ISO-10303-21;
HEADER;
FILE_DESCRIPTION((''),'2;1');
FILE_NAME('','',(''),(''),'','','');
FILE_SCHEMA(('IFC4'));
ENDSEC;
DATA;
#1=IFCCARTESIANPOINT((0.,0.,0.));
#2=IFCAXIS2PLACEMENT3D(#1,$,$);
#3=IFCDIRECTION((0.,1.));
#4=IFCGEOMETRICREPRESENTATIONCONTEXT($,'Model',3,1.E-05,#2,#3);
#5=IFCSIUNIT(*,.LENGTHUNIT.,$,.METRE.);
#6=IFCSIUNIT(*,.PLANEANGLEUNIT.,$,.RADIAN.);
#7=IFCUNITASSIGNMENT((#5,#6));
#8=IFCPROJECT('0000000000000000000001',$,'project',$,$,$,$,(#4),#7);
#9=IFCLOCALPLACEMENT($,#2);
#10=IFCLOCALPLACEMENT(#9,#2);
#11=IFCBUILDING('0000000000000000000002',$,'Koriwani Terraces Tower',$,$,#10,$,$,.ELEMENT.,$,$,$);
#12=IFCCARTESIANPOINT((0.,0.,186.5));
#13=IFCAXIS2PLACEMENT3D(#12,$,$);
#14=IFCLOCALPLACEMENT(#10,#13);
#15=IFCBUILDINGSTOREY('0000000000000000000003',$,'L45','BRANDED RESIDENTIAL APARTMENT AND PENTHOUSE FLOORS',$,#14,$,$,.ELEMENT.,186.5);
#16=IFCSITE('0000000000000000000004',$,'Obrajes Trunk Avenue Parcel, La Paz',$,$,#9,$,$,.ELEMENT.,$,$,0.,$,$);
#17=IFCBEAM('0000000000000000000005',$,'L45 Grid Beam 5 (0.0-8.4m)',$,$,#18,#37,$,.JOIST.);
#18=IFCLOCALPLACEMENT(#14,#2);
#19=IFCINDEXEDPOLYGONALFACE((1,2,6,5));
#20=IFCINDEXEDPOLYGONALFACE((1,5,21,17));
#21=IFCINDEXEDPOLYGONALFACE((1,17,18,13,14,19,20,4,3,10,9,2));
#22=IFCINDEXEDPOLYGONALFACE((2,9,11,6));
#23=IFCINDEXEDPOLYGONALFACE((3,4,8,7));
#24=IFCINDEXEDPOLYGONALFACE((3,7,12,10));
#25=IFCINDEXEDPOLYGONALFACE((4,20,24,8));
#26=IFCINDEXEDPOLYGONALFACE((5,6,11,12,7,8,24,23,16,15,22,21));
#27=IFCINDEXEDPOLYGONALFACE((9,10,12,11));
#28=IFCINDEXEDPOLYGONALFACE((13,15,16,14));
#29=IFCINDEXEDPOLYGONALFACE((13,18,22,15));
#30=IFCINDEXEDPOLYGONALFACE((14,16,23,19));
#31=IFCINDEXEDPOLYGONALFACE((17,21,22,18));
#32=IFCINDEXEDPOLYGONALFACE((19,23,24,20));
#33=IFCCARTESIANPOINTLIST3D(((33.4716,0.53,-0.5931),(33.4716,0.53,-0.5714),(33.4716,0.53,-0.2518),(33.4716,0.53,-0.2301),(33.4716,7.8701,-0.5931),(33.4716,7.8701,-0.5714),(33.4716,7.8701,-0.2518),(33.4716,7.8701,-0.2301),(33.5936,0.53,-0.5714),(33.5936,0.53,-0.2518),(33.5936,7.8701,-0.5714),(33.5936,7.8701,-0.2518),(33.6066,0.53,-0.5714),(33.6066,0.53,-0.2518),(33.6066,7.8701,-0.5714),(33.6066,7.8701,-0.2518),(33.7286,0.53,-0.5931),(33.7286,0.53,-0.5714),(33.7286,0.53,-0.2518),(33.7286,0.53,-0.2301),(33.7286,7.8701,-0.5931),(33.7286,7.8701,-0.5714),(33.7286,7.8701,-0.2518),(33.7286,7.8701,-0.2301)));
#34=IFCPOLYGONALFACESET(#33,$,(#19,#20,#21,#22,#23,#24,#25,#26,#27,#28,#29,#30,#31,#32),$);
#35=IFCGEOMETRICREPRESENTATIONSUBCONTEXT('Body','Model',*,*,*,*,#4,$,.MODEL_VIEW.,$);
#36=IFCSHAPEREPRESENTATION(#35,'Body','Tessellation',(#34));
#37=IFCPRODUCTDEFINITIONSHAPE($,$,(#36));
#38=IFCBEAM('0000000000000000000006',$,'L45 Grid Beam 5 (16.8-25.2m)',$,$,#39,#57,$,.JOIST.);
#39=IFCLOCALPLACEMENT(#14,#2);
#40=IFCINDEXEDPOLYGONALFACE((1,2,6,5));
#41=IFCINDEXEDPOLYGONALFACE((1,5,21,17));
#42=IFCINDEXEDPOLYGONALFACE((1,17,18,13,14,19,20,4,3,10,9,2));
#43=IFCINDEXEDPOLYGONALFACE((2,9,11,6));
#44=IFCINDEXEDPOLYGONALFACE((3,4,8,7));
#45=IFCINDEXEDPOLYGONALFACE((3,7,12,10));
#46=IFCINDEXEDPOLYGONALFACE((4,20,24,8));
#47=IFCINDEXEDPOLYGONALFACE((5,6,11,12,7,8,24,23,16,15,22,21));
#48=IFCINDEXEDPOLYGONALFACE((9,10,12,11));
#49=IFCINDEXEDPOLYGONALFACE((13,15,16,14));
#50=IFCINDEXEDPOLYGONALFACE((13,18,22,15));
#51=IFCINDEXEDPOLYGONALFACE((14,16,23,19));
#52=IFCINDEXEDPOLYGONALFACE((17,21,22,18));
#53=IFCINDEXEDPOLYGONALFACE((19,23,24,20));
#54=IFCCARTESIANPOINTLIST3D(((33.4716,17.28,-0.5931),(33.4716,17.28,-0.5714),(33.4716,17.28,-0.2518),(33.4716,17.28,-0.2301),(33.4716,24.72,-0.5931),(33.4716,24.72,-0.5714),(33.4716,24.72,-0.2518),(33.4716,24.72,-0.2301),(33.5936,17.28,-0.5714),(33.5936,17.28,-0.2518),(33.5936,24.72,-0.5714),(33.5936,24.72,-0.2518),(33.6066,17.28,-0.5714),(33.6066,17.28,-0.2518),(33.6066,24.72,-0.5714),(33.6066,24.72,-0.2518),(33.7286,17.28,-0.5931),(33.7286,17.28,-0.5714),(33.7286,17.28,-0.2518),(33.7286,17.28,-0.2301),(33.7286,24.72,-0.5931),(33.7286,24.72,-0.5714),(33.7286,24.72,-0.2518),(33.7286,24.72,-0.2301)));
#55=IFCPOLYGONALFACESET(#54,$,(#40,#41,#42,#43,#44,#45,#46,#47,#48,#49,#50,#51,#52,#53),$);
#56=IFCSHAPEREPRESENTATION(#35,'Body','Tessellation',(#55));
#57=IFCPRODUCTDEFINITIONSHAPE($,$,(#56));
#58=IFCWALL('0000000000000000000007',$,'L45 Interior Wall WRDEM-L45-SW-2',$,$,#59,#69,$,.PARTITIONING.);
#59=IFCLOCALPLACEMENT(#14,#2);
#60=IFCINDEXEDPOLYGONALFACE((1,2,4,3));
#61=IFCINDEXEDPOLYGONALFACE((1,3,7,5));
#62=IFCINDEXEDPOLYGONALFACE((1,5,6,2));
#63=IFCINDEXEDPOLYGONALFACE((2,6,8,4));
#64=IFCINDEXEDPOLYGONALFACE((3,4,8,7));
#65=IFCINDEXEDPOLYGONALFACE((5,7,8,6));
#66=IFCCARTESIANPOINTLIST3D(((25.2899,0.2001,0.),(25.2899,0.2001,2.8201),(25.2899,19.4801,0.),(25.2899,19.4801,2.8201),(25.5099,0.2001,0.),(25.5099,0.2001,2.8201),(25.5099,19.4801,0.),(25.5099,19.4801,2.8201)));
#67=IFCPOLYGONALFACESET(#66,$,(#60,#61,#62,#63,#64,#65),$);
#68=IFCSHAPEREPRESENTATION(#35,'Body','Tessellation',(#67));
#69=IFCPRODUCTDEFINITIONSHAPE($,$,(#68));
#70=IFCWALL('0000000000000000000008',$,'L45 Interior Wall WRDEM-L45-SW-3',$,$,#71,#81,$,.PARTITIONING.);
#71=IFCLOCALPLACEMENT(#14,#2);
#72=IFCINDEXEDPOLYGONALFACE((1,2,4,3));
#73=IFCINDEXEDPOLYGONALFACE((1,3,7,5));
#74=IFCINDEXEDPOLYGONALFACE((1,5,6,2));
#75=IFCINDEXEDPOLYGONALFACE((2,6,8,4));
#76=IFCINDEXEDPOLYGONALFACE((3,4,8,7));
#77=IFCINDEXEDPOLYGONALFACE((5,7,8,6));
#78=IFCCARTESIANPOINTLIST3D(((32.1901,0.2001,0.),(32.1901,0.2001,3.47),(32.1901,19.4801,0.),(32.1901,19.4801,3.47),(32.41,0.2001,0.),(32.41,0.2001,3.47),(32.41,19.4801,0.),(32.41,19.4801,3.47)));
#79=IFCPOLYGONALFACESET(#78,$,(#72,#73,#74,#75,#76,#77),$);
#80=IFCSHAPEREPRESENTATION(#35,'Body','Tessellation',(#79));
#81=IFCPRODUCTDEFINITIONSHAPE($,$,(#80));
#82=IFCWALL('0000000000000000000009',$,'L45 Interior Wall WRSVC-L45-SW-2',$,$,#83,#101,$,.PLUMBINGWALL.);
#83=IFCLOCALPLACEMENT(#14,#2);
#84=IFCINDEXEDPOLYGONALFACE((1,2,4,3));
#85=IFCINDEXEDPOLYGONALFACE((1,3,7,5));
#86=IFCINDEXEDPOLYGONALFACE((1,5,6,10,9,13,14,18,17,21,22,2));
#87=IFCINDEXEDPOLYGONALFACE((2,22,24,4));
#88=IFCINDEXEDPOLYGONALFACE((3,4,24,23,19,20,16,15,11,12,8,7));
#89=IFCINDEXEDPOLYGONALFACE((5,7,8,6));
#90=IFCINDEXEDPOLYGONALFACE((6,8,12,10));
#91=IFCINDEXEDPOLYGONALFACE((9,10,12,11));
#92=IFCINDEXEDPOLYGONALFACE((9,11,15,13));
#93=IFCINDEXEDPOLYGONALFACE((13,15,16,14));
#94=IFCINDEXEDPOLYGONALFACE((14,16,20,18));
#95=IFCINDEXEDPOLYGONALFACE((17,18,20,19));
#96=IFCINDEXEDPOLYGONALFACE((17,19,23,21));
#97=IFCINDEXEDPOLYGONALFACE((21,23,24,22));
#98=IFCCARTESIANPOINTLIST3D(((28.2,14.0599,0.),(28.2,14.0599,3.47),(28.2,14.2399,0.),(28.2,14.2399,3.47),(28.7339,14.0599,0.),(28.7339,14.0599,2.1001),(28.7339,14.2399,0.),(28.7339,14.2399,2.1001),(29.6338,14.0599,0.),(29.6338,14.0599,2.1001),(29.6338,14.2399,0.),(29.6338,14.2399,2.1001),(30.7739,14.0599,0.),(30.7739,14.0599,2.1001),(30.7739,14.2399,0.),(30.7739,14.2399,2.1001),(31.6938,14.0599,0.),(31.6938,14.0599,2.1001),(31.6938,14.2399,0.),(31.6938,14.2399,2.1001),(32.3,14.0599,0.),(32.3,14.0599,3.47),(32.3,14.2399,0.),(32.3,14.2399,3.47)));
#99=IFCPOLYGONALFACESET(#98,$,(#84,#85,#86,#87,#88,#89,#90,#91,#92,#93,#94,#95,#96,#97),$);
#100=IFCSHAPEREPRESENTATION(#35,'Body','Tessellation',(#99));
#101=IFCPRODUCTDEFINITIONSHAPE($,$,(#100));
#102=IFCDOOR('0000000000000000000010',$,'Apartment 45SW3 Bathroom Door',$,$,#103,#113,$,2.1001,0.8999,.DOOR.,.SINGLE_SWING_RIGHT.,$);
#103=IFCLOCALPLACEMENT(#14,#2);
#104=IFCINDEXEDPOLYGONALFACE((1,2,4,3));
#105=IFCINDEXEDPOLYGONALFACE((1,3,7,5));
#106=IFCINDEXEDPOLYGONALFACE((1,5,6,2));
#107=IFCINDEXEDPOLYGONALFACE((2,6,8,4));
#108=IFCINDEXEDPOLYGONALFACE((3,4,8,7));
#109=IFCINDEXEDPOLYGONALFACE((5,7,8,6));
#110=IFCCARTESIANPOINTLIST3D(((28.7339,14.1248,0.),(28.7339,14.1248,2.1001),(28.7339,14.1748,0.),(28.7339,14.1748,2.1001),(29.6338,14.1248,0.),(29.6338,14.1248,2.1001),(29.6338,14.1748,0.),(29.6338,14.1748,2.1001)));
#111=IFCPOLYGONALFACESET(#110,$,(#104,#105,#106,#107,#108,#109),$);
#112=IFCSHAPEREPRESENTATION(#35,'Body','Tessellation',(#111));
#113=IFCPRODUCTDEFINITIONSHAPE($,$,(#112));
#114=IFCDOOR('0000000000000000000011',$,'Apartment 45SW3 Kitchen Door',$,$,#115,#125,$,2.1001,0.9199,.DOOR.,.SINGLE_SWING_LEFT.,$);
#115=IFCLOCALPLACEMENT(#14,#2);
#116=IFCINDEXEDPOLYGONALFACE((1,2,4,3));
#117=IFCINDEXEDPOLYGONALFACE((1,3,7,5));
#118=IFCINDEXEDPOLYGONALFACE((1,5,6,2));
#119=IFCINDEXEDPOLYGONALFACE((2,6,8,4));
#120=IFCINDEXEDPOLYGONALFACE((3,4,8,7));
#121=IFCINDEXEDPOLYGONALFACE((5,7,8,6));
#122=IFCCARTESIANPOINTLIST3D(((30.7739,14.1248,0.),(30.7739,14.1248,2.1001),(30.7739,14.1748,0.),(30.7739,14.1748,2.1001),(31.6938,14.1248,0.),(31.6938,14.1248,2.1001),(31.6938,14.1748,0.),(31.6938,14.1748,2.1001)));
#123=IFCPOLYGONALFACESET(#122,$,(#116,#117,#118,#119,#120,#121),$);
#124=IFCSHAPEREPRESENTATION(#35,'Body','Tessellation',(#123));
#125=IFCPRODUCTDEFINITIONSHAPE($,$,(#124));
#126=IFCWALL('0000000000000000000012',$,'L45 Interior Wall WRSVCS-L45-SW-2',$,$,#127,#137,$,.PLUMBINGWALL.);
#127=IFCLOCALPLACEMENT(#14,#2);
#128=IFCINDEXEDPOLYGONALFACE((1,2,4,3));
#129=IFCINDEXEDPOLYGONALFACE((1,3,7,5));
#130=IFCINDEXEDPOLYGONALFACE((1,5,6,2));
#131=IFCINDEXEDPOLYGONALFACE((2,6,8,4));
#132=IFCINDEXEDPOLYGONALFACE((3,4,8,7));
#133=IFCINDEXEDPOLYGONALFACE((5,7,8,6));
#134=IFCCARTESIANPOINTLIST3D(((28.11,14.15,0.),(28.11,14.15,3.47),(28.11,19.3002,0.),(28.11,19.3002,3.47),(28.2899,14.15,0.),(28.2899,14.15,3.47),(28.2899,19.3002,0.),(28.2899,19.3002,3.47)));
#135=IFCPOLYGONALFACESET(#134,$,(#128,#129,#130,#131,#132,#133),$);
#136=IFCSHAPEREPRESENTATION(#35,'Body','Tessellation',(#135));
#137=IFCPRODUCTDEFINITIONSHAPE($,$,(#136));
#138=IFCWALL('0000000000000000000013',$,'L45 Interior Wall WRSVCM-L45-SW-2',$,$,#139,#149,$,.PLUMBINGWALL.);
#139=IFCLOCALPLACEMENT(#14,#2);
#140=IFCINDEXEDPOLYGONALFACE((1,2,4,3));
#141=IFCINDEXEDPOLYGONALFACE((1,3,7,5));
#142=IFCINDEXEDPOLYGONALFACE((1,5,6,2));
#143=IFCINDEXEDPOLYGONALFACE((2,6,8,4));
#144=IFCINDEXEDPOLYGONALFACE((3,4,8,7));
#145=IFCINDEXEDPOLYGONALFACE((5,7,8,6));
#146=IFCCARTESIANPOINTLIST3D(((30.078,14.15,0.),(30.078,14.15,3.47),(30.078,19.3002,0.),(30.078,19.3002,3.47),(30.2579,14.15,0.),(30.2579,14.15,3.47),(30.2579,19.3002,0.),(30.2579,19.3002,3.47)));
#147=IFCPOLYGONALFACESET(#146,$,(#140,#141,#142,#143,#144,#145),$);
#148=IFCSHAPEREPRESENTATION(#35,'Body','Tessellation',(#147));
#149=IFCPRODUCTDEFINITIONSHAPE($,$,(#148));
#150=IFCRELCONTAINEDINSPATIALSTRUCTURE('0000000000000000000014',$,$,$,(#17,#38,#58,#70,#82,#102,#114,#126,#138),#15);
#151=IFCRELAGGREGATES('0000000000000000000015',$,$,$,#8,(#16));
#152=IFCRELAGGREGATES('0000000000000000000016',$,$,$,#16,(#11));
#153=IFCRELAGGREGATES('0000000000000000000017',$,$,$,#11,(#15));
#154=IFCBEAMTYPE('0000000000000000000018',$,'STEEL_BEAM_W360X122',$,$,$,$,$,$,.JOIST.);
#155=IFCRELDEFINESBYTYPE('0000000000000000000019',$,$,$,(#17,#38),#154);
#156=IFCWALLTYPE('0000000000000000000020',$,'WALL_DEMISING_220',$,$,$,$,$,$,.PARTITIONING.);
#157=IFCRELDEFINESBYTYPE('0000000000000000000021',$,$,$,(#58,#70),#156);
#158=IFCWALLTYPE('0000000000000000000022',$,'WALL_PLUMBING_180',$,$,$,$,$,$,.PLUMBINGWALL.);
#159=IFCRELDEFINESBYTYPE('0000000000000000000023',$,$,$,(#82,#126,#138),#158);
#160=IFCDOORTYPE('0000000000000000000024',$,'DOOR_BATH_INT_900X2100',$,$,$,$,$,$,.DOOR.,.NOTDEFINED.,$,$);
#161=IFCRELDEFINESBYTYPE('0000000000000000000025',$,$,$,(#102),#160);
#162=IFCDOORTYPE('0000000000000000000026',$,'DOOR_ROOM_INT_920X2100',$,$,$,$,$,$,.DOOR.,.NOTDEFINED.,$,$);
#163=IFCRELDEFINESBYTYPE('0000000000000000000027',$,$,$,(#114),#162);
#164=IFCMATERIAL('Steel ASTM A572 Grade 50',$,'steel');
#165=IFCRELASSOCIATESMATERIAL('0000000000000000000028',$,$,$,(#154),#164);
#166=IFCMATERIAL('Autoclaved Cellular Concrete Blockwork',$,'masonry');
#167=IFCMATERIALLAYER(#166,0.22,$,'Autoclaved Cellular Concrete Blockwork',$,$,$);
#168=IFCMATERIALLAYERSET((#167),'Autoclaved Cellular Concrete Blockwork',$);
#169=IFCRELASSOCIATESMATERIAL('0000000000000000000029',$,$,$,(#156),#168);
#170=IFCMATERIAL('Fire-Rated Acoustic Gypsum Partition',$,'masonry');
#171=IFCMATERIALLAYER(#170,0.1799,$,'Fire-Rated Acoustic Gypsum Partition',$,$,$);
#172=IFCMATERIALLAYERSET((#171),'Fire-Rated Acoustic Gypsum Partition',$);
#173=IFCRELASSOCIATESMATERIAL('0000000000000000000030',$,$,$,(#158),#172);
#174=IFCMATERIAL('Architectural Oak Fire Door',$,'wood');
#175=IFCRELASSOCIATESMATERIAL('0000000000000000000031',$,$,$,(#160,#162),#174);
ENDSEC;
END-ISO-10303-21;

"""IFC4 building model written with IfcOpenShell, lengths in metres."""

from ifc_helpers import new_model, si_unit, direction, frame, frame_2d, origin, origin_2d, place, context, subcontext, project, spatial, rectangle, i_section, extrude, material, layer, layer_set, material_profile, profile_set, type_object, element, fill, save


model = new_model("IFC4")

# Units and contexts
model_context = context("Model", 3, precision=1e-05, world=origin(), true_north=direction((0.0, 1.0)))
body_context = subcontext(model_context, "Body", "Model", "MODEL_VIEW")
ifc_project = project(units=[si_unit("LENGTHUNIT", "METRE"), si_unit("PLANEANGLEUNIT", "RADIAN")], contexts=[model_context])

# Site, building, storey
site_placement = place(None, origin())
site = spatial("IfcSite", under=ifc_project, at=site_placement, Name="Obrajes Trunk Avenue Parcel, La Paz", CompositionType="ELEMENT", RefElevation=0.0)
building_placement = place(site_placement, origin())
building = spatial("IfcBuilding", under=site, at=building_placement, Name="Koriwani Terraces Tower", CompositionType="ELEMENT")
storey_placement = place(building_placement, frame((0.0, 0.0, 186.5)))
storey = spatial("IfcBuildingStorey", under=building, at=storey_placement, Name="L45", Description="BRANDED RESIDENTIAL APARTMENT AND PENTHOUSE FLOORS", CompositionType="ELEMENT", Elevation=186.5)

# Beams
ifc_material_1 = material(Name="Steel ASTM A572 Grade 50", Category="steel")
ifc_material_profile_1 = material_profile(ifc_material_1, i_section(OverallWidth=0.2571, OverallDepth=0.363, WebThickness=0.0129, FlangeThickness=0.0217, at=origin_2d()), Name="Steel ASTM A572 Grade 50", Category="LoadBearing")
ifc_profile_set_1 = profile_set([ifc_material_profile_1], Name="Steel ASTM A572 Grade 50")
beam_type_1 = type_object("IfcBeamType", Name="STEEL_BEAM_W360X122", PredefinedType="JOIST", material=ifc_profile_set_1)
beam_1_placement = place(storey_placement, frame((33.6001, 0.53, -0.4116), z_axis=(0.0, 1.0, 0.0), x_axis=(-1.0, 0.0, 0.0)))
element("IfcBeam", 1, at=beam_1_placement, inside=storey, type_object=beam_type_1, Name="L45 Grid Beam 5 (0.0-8.4m)", PredefinedType="JOIST", context=body_context, shape_type="SweptSolid", body=[
    extrude(i_section(OverallWidth=0.2571, OverallDepth=0.363, WebThickness=0.0129, FlangeThickness=0.0217, at=origin_2d()), origin(), (0.0, 0.0, 1.0), 7.3401),
])
beam_2_placement = place(storey_placement, frame((33.6001, 17.28, -0.4116), z_axis=(0.0, 1.0, 0.0), x_axis=(-1.0, 0.0, 0.0)))
element("IfcBeam", 2, at=beam_2_placement, inside=storey, type_object=beam_type_1, Name="L45 Grid Beam 5 (16.8-25.2m)", PredefinedType="JOIST", context=body_context, shape_type="SweptSolid", body=[
    extrude(i_section(OverallWidth=0.2571, OverallDepth=0.363, WebThickness=0.0129, FlangeThickness=0.0217, at=origin_2d()), origin(), (0.0, 0.0, 1.0), 7.4399),
])

# Walls
ifc_material_2 = material(Name="Autoclaved Cellular Concrete Blockwork", Category="masonry")
ifc_layer_1 = layer(ifc_material_2, 0.22, Name="Autoclaved Cellular Concrete Blockwork")
ifc_layer_set_1 = layer_set([ifc_layer_1], Name="Autoclaved Cellular Concrete Blockwork")
wall_type_1 = type_object("IfcWallType", Name="WALL_DEMISING_220", PredefinedType="PARTITIONING", material=ifc_layer_set_1)
wall_1_placement = place(storey_placement, frame((25.3999, 0.2, 0.0), z_axis=(0.0, 0.0, 1.0), x_axis=(0.0, 1.0, 0.0)))
element("IfcWall", 3, at=wall_1_placement, inside=storey, type_object=wall_type_1, Name="L45 Interior Wall WRDEM-L45-SW-2", PredefinedType="PARTITIONING", context=body_context, shape_type="SweptSolid", body=[
    extrude(rectangle(XDim=19.28, YDim=0.22, at=frame_2d((9.6401, 0.0))), origin(), (0.0, 0.0, 1.0), 2.8201),
])
wall_2_placement = place(storey_placement, frame((32.3, 0.2, 0.0), z_axis=(0.0, 0.0, 1.0), x_axis=(0.0, 1.0, 0.0)))
element("IfcWall", 4, at=wall_2_placement, inside=storey, type_object=wall_type_1, Name="L45 Interior Wall WRDEM-L45-SW-3", PredefinedType="PARTITIONING", context=body_context, shape_type="SweptSolid", body=[
    extrude(rectangle(XDim=19.28, YDim=0.22, at=frame_2d((9.6401, 0.0))), origin(), (0.0, 0.0, 1.0), 3.47),
])

# Wall, openings, doors
ifc_material_3 = material(Name="Fire-Rated Acoustic Gypsum Partition", Category="masonry")
ifc_layer_2 = layer(ifc_material_3, 0.1799, Name="Fire-Rated Acoustic Gypsum Partition")
ifc_layer_set_2 = layer_set([ifc_layer_2], Name="Fire-Rated Acoustic Gypsum Partition")
wall_type_2 = type_object("IfcWallType", Name="WALL_PLUMBING_180", PredefinedType="PLUMBINGWALL", material=ifc_layer_set_2)
wall_3_placement = place(storey_placement, frame((28.2, 14.1499, 0.0), z_axis=(0.0, 0.0, 1.0), x_axis=(1.0, 0.0, 0.0)))
wall_3 = element("IfcWall", 5, at=wall_3_placement, inside=storey, type_object=wall_type_2, Name="L45 Interior Wall WRSVC-L45-SW-2", PredefinedType="PLUMBINGWALL", context=body_context, shape_type="SweptSolid", body=[
    extrude(rectangle(XDim=4.1001, YDim=0.1799, at=frame_2d((2.05, 0.0))), origin(), (0.0, 0.0, 1.0), 3.47),
])
opening_1_placement = place(wall_3_placement, frame((0.5339, 0.0, 0.0)))
opening_1 = element("IfcOpeningElement", 6, at=opening_1_placement, cuts=wall_3, PredefinedType="OPENING", context=body_context, shape_type="SweptSolid", body=[
    extrude(rectangle(XDim=0.8999, YDim=2.1001, at=frame_2d((0.45, 1.05))), frame((0.0, 0.1001, 0.0), z_axis=(0.0, -1.0, 0.0), x_axis=(1.0, 0.0, 0.0)), (0.0, 0.0, 1.0), 0.2),
])
opening_2_placement = place(wall_3_placement, frame((2.574, 0.0, 0.0)))
opening_2 = element("IfcOpeningElement", 7, at=opening_2_placement, cuts=wall_3, PredefinedType="OPENING", context=body_context, shape_type="SweptSolid", body=[
    extrude(rectangle(XDim=0.9199, YDim=2.1001, at=frame_2d((0.46, 1.05))), frame((0.0, 0.1001, 0.0), z_axis=(0.0, -1.0, 0.0), x_axis=(1.0, 0.0, 0.0)), (0.0, 0.0, 1.0), 0.2),
])
ifc_material_4 = material(Name="Architectural Oak Fire Door", Category="wood")
door_type_1 = type_object("IfcDoorType", Name="DOOR_BATH_INT_900X2100", OperationType="NOTDEFINED", PredefinedType="DOOR", material=ifc_material_4)
door_1_placement = place(opening_1_placement, origin())
door_1 = element("IfcDoor", 8, at=door_1_placement, inside=storey, type_object=door_type_1, Name="Apartment 45SW3 Bathroom Door", OperationType="SINGLE_SWING_RIGHT", OverallHeight=2.1001, OverallWidth=0.8999, PredefinedType="DOOR", context=body_context, shape_type="SweptSolid", body=[
    extrude(rectangle(XDim=0.8999, YDim=2.1001, at=frame_2d((0.45, 1.05))), frame((0.0, 0.0249, 0.0), z_axis=(0.0, -1.0, 0.0), x_axis=(1.0, 0.0, 0.0)), (0.0, 0.0, 1.0), 0.05),
])
fill(opening_1, door_1)
door_type_2 = type_object("IfcDoorType", Name="DOOR_ROOM_INT_920X2100", OperationType="NOTDEFINED", PredefinedType="DOOR", material=ifc_material_4)
door_2_placement = place(opening_2_placement, origin())
door_2 = element("IfcDoor", 9, at=door_2_placement, inside=storey, type_object=door_type_2, Name="Apartment 45SW3 Kitchen Door", OperationType="SINGLE_SWING_LEFT", OverallHeight=2.1001, OverallWidth=0.9199, PredefinedType="DOOR", context=body_context, shape_type="SweptSolid", body=[
    extrude(rectangle(XDim=0.9199, YDim=2.1001, at=frame_2d((0.46, 1.05))), frame((0.0, 0.0249, 0.0), z_axis=(0.0, -1.0, 0.0), x_axis=(1.0, 0.0, 0.0)), (0.0, 0.0, 1.0), 0.05),
])
fill(opening_2, door_2)

# Walls
for number, where, z_axis, x_axis, name in (
    (10, (28.2, 14.1499, 0.0), (0.0, 0.0, 1.0), (0.0, 1.0, 0.0), "L45 Interior Wall WRSVCS-L45-SW-2"),
    (11, (30.168, 14.1499, 0.0), (0.0, 0.0, 1.0), (0.0, 1.0, 0.0), "L45 Interior Wall WRSVCM-L45-SW-2"),
):
    element("IfcWall", number, at=place(storey_placement, frame(where, z_axis=z_axis, x_axis=x_axis)), inside=storey, type_object=wall_type_2, Name=name, PredefinedType="PLUMBINGWALL", context=body_context, shape_type="SweptSolid", body=[
        extrude(rectangle(XDim=5.1501, YDim=0.1799, at=frame_2d((2.5752, 0.0))), origin(), (0.0, 0.0, 1.0), 3.47),
    ])

save(model, "model.ifc")
